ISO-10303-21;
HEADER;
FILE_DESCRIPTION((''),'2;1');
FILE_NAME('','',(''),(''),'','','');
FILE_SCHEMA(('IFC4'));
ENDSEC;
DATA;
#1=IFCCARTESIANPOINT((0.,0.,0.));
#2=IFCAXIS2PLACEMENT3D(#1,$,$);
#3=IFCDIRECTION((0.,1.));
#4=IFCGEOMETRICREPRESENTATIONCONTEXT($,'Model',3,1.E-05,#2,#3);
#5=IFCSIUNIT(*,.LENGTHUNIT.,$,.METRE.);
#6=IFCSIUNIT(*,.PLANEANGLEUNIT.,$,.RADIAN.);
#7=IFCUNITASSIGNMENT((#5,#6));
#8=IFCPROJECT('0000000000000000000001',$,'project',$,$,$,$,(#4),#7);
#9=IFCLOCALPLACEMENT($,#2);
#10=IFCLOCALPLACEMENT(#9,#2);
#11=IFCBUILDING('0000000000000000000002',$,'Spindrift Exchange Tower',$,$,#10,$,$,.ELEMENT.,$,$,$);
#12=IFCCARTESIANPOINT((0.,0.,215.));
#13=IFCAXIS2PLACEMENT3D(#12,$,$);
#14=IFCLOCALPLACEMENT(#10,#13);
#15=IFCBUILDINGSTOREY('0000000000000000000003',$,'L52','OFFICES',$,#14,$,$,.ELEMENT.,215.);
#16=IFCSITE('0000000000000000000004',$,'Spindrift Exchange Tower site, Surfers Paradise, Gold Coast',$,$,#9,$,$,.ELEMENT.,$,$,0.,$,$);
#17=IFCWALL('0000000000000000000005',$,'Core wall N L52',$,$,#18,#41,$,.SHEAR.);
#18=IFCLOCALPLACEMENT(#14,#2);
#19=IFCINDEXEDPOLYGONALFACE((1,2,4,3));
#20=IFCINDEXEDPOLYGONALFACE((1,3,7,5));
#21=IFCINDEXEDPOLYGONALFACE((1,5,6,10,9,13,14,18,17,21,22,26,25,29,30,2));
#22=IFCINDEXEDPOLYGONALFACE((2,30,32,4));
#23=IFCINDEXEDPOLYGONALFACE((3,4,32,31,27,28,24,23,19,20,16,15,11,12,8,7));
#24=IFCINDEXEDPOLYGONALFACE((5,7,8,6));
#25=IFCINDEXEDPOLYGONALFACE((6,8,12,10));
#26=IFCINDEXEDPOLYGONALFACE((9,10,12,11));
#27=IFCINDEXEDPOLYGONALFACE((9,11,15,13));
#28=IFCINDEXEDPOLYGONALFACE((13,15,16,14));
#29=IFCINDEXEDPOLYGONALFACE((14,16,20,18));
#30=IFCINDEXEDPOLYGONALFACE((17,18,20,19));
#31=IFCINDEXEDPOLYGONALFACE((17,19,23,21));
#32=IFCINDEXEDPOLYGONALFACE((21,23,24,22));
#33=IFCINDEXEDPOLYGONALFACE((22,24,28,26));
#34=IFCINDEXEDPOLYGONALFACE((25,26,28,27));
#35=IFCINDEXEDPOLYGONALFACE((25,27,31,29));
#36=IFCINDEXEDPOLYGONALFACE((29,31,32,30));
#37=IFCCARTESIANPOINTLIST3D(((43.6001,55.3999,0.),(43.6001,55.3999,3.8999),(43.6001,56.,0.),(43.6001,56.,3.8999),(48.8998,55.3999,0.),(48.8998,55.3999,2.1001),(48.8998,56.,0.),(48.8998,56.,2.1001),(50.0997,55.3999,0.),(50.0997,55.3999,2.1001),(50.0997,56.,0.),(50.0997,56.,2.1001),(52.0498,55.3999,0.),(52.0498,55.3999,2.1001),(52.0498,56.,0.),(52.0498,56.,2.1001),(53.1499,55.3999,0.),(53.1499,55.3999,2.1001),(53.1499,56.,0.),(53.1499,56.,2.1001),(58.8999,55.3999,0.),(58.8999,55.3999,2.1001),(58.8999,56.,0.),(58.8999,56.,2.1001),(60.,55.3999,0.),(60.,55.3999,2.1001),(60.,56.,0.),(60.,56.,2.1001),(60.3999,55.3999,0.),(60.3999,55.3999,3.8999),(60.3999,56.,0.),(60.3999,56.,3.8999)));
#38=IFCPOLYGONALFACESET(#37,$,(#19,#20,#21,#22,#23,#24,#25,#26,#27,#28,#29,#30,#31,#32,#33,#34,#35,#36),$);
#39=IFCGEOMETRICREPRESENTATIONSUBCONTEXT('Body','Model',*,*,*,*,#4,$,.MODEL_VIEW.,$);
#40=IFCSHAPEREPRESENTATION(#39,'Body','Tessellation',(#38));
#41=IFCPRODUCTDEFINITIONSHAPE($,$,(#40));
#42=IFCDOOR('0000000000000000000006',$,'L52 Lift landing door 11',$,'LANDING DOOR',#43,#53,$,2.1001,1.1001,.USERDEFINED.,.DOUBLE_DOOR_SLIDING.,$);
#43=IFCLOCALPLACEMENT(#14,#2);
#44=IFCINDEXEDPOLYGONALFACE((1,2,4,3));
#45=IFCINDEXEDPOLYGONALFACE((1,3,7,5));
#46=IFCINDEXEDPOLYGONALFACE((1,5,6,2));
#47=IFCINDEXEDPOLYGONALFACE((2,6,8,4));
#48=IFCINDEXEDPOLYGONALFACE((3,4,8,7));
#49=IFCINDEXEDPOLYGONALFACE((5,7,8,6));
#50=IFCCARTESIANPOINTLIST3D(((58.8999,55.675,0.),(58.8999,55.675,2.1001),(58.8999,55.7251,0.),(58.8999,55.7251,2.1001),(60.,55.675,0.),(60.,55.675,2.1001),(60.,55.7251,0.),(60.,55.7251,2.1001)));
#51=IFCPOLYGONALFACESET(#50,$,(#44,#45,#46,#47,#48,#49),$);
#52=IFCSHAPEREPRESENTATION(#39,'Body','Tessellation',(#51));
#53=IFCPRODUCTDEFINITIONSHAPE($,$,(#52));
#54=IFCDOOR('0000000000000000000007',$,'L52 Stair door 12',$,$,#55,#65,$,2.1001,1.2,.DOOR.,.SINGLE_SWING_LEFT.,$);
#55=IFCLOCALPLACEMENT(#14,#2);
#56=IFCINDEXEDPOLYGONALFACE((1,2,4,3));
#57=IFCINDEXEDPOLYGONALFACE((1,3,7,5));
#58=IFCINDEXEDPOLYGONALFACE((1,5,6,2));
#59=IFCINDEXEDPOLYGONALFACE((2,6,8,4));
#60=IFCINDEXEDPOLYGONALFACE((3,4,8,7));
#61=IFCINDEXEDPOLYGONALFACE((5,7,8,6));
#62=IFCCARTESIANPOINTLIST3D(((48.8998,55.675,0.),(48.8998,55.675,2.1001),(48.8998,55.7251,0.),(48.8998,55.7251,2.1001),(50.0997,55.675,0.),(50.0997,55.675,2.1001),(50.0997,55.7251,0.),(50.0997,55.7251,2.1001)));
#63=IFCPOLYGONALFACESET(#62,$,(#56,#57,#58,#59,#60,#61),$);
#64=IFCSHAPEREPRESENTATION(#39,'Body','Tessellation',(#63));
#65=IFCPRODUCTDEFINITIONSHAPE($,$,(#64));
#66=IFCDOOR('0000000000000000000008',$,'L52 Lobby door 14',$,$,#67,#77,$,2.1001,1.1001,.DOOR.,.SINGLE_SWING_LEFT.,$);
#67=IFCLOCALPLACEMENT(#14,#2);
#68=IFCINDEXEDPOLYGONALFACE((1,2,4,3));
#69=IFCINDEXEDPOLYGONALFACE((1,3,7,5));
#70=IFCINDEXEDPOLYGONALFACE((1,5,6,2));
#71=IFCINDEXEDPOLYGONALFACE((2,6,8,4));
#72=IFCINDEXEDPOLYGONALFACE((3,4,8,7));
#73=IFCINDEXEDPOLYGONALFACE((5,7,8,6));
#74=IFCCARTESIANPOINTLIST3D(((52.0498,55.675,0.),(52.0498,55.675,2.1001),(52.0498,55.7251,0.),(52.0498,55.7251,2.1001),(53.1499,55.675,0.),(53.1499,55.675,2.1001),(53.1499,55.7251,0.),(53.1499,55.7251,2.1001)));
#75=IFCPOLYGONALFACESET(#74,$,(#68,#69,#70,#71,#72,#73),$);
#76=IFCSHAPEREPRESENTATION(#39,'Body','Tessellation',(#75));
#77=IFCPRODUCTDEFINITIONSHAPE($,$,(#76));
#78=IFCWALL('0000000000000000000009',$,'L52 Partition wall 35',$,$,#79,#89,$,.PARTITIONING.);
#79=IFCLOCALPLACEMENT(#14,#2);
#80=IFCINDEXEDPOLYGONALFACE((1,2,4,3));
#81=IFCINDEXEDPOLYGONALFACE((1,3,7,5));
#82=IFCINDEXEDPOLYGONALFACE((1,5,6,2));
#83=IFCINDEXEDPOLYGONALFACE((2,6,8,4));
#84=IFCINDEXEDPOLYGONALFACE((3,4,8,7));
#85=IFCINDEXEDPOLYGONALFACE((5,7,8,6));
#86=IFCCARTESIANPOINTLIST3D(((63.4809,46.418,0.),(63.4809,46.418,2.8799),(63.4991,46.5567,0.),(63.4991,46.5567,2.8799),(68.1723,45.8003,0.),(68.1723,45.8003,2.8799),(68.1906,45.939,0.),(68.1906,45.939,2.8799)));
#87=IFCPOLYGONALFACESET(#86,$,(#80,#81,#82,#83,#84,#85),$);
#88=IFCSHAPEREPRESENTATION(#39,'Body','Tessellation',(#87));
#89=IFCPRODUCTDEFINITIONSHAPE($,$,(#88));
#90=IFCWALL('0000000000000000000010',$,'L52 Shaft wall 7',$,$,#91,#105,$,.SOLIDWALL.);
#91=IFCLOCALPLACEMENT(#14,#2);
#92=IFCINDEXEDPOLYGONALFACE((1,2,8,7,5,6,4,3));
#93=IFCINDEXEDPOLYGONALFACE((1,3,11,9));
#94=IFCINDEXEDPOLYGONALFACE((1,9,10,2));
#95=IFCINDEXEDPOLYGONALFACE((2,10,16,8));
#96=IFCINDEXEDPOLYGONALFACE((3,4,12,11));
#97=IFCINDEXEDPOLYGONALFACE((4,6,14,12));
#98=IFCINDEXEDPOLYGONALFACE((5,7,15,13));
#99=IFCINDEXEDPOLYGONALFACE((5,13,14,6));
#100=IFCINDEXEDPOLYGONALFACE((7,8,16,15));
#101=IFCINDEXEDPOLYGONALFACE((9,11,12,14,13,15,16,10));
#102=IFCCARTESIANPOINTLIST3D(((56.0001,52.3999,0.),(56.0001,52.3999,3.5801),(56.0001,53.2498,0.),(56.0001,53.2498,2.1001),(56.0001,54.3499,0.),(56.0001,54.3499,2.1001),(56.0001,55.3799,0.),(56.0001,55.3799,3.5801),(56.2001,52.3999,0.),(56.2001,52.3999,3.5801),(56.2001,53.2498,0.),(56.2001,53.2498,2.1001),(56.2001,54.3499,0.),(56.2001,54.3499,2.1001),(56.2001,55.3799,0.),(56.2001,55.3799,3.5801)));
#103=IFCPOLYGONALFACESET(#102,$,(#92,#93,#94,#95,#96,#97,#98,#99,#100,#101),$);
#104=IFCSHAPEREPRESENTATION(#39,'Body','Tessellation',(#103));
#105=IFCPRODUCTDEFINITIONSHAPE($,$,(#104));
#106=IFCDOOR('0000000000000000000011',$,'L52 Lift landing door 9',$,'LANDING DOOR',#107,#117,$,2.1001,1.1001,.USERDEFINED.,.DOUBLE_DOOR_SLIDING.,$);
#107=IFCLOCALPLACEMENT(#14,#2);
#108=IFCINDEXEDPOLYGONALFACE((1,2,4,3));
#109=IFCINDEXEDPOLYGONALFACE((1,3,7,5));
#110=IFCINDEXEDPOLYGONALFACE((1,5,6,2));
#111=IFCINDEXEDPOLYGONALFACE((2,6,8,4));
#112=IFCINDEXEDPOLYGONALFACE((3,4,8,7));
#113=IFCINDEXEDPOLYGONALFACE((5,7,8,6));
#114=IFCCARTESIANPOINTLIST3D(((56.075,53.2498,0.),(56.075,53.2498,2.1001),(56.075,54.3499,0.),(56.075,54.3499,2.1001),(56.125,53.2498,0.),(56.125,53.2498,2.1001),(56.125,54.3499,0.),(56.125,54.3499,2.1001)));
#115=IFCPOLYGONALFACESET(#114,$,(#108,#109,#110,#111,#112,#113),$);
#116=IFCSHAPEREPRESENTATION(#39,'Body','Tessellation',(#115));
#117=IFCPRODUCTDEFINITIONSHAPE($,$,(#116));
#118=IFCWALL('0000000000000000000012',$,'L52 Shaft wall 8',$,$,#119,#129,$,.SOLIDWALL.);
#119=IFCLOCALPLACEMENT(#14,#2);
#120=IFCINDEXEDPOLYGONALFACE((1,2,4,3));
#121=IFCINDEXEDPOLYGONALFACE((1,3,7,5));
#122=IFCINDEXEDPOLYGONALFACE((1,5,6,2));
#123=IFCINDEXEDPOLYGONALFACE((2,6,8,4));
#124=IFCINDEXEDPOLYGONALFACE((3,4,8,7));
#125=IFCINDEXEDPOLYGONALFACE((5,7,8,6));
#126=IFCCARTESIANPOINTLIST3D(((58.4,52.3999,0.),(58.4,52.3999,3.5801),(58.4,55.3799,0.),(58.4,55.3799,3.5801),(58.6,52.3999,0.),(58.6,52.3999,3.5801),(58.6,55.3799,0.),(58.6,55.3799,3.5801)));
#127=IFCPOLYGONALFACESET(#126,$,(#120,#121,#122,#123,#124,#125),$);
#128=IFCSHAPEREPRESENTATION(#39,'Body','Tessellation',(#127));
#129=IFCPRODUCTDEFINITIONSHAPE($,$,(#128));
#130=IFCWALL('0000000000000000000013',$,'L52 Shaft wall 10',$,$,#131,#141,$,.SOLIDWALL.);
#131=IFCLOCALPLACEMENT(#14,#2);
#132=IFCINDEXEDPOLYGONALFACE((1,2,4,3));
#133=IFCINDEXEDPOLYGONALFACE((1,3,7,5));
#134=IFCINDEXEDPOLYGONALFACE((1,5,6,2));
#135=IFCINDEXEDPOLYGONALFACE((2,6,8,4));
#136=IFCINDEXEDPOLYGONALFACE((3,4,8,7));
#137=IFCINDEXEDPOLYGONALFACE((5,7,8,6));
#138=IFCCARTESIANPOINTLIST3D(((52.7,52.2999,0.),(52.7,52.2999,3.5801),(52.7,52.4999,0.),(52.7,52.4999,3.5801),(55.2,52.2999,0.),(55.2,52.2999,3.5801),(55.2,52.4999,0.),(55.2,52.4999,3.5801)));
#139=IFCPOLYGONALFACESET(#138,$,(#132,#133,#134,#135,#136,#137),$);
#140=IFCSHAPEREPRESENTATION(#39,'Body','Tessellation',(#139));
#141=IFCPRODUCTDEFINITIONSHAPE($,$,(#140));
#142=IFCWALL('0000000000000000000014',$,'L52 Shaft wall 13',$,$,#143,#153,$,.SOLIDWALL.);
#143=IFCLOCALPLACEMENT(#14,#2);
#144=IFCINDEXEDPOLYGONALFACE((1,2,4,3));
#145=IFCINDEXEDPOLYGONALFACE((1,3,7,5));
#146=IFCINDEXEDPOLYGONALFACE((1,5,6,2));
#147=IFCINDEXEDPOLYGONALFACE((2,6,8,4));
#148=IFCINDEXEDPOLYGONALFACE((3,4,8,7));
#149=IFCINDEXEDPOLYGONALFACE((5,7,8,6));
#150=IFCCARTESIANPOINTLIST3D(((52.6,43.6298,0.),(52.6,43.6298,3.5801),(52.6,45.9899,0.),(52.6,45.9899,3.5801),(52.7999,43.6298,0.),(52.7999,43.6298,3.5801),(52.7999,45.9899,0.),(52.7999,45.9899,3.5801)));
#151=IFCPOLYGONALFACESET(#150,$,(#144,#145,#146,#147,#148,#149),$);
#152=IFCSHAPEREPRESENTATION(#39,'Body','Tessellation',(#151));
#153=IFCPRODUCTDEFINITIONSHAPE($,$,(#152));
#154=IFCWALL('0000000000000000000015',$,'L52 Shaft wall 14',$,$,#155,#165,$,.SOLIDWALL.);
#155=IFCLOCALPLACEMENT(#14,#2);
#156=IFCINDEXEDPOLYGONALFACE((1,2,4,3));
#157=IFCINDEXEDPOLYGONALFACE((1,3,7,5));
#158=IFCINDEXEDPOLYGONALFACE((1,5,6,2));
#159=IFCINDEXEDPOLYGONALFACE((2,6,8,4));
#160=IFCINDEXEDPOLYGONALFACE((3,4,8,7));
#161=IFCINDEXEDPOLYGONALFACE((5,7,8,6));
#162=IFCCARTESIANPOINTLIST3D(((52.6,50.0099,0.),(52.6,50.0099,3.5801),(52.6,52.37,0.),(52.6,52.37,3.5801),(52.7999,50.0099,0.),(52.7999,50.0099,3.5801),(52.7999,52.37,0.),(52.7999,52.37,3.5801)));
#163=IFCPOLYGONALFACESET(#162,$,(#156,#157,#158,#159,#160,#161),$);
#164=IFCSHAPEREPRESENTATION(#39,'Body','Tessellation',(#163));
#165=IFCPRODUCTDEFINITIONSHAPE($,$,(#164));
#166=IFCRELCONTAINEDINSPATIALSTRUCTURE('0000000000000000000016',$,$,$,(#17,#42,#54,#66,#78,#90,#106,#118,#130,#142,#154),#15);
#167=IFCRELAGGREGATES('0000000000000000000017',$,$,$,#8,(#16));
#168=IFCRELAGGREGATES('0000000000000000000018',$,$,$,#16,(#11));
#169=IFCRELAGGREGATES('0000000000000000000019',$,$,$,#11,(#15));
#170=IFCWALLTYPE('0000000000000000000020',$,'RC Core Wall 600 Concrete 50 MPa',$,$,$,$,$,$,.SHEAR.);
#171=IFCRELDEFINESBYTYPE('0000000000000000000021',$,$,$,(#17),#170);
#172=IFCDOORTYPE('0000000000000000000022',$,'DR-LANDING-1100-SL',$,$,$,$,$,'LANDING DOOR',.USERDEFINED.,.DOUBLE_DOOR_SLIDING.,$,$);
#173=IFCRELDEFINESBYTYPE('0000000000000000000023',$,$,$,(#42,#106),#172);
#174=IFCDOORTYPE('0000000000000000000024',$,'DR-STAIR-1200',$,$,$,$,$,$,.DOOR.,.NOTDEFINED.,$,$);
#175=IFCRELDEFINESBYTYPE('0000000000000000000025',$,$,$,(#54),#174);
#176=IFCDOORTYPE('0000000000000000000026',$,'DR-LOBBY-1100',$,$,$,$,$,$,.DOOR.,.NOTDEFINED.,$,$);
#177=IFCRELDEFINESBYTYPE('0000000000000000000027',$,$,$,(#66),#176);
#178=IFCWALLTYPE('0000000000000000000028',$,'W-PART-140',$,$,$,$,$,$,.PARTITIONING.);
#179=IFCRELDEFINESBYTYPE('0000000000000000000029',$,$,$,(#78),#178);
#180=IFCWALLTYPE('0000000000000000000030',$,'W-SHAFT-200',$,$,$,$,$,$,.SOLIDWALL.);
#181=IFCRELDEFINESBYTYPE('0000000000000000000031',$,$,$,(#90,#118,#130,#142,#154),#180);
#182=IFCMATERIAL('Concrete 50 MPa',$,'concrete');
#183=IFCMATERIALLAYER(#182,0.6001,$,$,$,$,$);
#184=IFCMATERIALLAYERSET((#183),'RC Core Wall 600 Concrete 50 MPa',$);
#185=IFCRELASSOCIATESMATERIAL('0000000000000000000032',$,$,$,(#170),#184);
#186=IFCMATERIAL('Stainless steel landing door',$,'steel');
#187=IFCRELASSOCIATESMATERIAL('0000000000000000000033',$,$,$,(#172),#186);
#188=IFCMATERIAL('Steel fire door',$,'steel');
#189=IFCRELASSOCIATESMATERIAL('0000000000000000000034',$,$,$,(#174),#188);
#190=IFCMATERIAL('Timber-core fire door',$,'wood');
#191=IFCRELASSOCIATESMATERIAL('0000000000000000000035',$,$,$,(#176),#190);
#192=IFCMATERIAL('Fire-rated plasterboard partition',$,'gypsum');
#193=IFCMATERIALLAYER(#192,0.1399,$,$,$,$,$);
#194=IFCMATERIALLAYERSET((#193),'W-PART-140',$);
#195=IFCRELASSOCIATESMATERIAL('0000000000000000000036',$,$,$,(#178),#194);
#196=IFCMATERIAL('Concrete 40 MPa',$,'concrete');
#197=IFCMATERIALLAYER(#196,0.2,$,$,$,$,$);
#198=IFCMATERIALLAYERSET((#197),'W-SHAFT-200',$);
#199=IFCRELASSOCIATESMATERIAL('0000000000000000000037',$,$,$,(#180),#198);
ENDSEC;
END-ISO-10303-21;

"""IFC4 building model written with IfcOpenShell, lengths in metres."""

from ifc_helpers import new_model, si_unit, direction, frame, frame_2d, origin, place, context, subcontext, project, spatial, rectangle, extrude, source, transform, mapped, material, layer, layer_set, type_object, element, fill, save


model = new_model("IFC4")

# Units and contexts
model_context = context("Model", 3, precision=1e-05, world=origin(), true_north=direction((0.0, 1.0)))
body_context = subcontext(model_context, "Body", "Model", "MODEL_VIEW")
ifc_project = project(units=[si_unit("LENGTHUNIT", "METRE"), si_unit("PLANEANGLEUNIT", "RADIAN")], contexts=[model_context])

# Site, building, storey
site_placement = place(None, origin())
site = spatial("IfcSite", under=ifc_project, at=site_placement, Name="Spindrift Exchange Tower site, Surfers Paradise, Gold Coast", CompositionType="ELEMENT", RefElevation=0.0)
building_placement = place(site_placement, origin())
building = spatial("IfcBuilding", under=site, at=building_placement, Name="Spindrift Exchange Tower", CompositionType="ELEMENT")
storey_placement = place(building_placement, frame((0.0, 0.0, 215.0)))
storey = spatial("IfcBuildingStorey", under=building, at=storey_placement, Name="L52", Description="OFFICES", CompositionType="ELEMENT", Elevation=215.0)

# Wall, openings, doors
ifc_material_1 = material(Name="Concrete 50 MPa", Category="concrete")
ifc_layer_1 = layer(ifc_material_1, 0.6001)
ifc_layer_set_1 = layer_set([ifc_layer_1], Name="RC Core Wall 600 Concrete 50 MPa")
wall_type_1 = type_object("IfcWallType", Name="RC Core Wall 600 Concrete 50 MPa", PredefinedType="SHEAR", material=ifc_layer_set_1)
wall_1_placement = place(storey_placement, frame((60.3999, 55.7, 0.0), z_axis=(0.0, 0.0, 1.0), x_axis=(-1.0, 0.0, 0.0)))
wall_1 = element("IfcWall", 1, at=wall_1_placement, inside=storey, type_object=wall_type_1, Name="Core wall N L52", PredefinedType="SHEAR", context=body_context, shape_type="SweptSolid", body=[
    extrude(rectangle(XDim=16.7998, YDim=0.6001, at=frame_2d((8.3999, 0.0))), origin(), (0.0, 0.0, 1.0), 3.8999),
])
opening_1_placement = place(wall_1_placement, frame((0.3999, 0.0, 0.0)))
opening_1 = element("IfcOpeningElement", 2, at=opening_1_placement, cuts=wall_1, PredefinedType="OPENING", context=body_context, shape_type="SweptSolid", body=[
    extrude(rectangle(XDim=1.1001, YDim=2.1001, at=frame_2d((0.55, 1.05))), frame((0.0, 0.3101, 0.0), z_axis=(0.0, -1.0, 0.0), x_axis=(1.0, 0.0, 0.0)), (0.0, 0.0, 1.0), 0.6201),
])
opening_2_placement = place(wall_1_placement, frame((10.3, 0.0, 0.0)))
opening_2 = element("IfcOpeningElement", 3, at=opening_2_placement, cuts=wall_1, PredefinedType="OPENING", context=body_context, shape_type="SweptSolid", body=[
    extrude(rectangle(XDim=1.2, YDim=2.1001, at=frame_2d((0.6001, 1.05))), frame((0.0, 0.3101, 0.0), z_axis=(0.0, -1.0, 0.0), x_axis=(1.0, 0.0, 0.0)), (0.0, 0.0, 1.0), 0.6201),
])
opening_3_placement = place(wall_1_placement, frame((7.25, 0.0, 0.0)))
opening_3 = element("IfcOpeningElement", 4, at=opening_3_placement, cuts=wall_1, PredefinedType="OPENING", context=body_context, shape_type="SweptSolid", body=[
    extrude(rectangle(XDim=1.1001, YDim=2.1001, at=frame_2d((0.55, 1.05))), frame((0.0, 0.3101, 0.0), z_axis=(0.0, -1.0, 0.0), x_axis=(1.0, 0.0, 0.0)), (0.0, 0.0, 1.0), 0.6201),
])
ifc_material_2 = material(Name="Stainless steel landing door", Category="steel")
door_type_1 = type_object("IfcDoorType", Name="DR-LANDING-1100-SL", ElementType="LANDING DOOR", OperationType="DOUBLE_DOOR_SLIDING", PredefinedType="USERDEFINED", material=ifc_material_2)
shared_shape_1 = source(origin(), body_context, "Body", "SweptSolid", [
    extrude(rectangle(XDim=1.1001, YDim=2.1001, at=frame_2d((0.55, 1.05))), frame((0.0, 0.0249, 0.0), z_axis=(0.0, -1.0, 0.0), x_axis=(1.0, 0.0, 0.0)), (0.0, 0.0, 1.0), 0.05),
])
door_1_placement = place(opening_1_placement, origin())
door_1 = element("IfcDoor", 5, at=door_1_placement, inside=storey, type_object=door_type_1, Name="L52 Lift landing door 11", ObjectType="LANDING DOOR", OperationType="DOUBLE_DOOR_SLIDING", OverallHeight=2.1001, OverallWidth=1.1001, PredefinedType="USERDEFINED", context=body_context, shape_type="MappedRepresentation", body=[
    mapped(shared_shape_1, transform((0.0, 0.0, 0.0), scale=1.0)),
])
fill(opening_1, door_1)
ifc_material_3 = material(Name="Steel fire door", Category="steel")
door_type_2 = type_object("IfcDoorType", Name="DR-STAIR-1200", OperationType="NOTDEFINED", PredefinedType="DOOR", material=ifc_material_3)
shared_shape_2 = source(origin(), body_context, "Body", "SweptSolid", [
    extrude(rectangle(XDim=1.2, YDim=2.1001, at=frame_2d((0.6001, 1.05))), frame((0.0, 0.0249, 0.0), z_axis=(0.0, -1.0, 0.0), x_axis=(1.0, 0.0, 0.0)), (0.0, 0.0, 1.0), 0.05),
])
door_2_placement = place(opening_2_placement, origin())
door_2 = element("IfcDoor", 6, at=door_2_placement, inside=storey, type_object=door_type_2, Name="L52 Stair door 12", OperationType="SINGLE_SWING_LEFT", OverallHeight=2.1001, OverallWidth=1.2, PredefinedType="DOOR", context=body_context, shape_type="MappedRepresentation", body=[
    mapped(shared_shape_2, transform((0.0, 0.0, 0.0), scale=1.0)),
])
fill(opening_2, door_2)
ifc_material_4 = material(Name="Timber-core fire door", Category="wood")
door_type_3 = type_object("IfcDoorType", Name="DR-LOBBY-1100", OperationType="NOTDEFINED", PredefinedType="DOOR", material=ifc_material_4)
shared_shape_3 = source(origin(), body_context, "Body", "SweptSolid", [
    extrude(rectangle(XDim=1.1001, YDim=2.1001, at=frame_2d((0.55, 1.05))), frame((0.0, 0.0249, 0.0), z_axis=(0.0, -1.0, 0.0), x_axis=(1.0, 0.0, 0.0)), (0.0, 0.0, 1.0), 0.05),
])
door_3_placement = place(opening_3_placement, origin())
door_3 = element("IfcDoor", 7, at=door_3_placement, inside=storey, type_object=door_type_3, Name="L52 Lobby door 14", OperationType="SINGLE_SWING_LEFT", OverallHeight=2.1001, OverallWidth=1.1001, PredefinedType="DOOR", context=body_context, shape_type="MappedRepresentation", body=[
    mapped(shared_shape_3, transform((0.0, 0.0, 0.0), scale=1.0)),
])
fill(opening_3, door_3)

# Wall
ifc_material_5 = material(Name="Fire-rated plasterboard partition", Category="gypsum")
ifc_layer_2 = layer(ifc_material_5, 0.1399)
ifc_layer_set_2 = layer_set([ifc_layer_2], Name="W-PART-140")
wall_type_2 = type_object("IfcWallType", Name="W-PART-140", PredefinedType="PARTITIONING", material=ifc_layer_set_2)
wall_2_placement = place(storey_placement, frame((63.49, 46.4873, 0.0), z_axis=(0.0, 0.0, 1.0), x_axis=(0.991444, -0.130535, 0.0)))
element("IfcWall", 8, at=wall_2_placement, inside=storey, type_object=wall_type_2, Name="L52 Partition wall 35", PredefinedType="PARTITIONING", context=body_context, shape_type="SweptSolid", body=[
    extrude(rectangle(XDim=4.7319, YDim=0.1399, at=frame_2d((2.366, 0.0))), origin(), (0.0, 0.0, 1.0), 2.8799),
])

# Wall, opening, door
ifc_material_6 = material(Name="Concrete 40 MPa", Category="concrete")
ifc_layer_3 = layer(ifc_material_6, 0.2)
ifc_layer_set_3 = layer_set([ifc_layer_3], Name="W-SHAFT-200")
wall_type_3 = type_object("IfcWallType", Name="W-SHAFT-200", PredefinedType="SOLIDWALL", material=ifc_layer_set_3)
wall_3_placement = place(storey_placement, frame((56.1001, 55.3799, 0.0), z_axis=(0.0, 0.0, 1.0), x_axis=(0.0, -1.0, 0.0)))
wall_3 = element("IfcWall", 9, at=wall_3_placement, inside=storey, type_object=wall_type_3, Name="L52 Shaft wall 7", PredefinedType="SOLIDWALL", context=body_context, shape_type="SweptSolid", body=[
    extrude(rectangle(XDim=2.98, YDim=0.2, at=frame_2d((1.49, 0.0))), origin(), (0.0, 0.0, 1.0), 3.5801),
])
opening_4_placement = place(wall_3_placement, frame((1.03, 0.0, 0.0)))
opening_4 = element("IfcOpeningElement", 10, at=opening_4_placement, cuts=wall_3, PredefinedType="OPENING", context=body_context, shape_type="SweptSolid", body=[
    extrude(rectangle(XDim=1.1001, YDim=2.1001, at=frame_2d((0.55, 1.05))), frame((0.0, 0.1099, 0.0), z_axis=(0.0, -1.0, 0.0), x_axis=(1.0, 0.0, 0.0)), (0.0, 0.0, 1.0), 0.22),
])
door_4_placement = place(opening_4_placement, origin())
door_4 = element("IfcDoor", 11, at=door_4_placement, inside=storey, type_object=door_type_1, Name="L52 Lift landing door 9", ObjectType="LANDING DOOR", OperationType="DOUBLE_DOOR_SLIDING", OverallHeight=2.1001, OverallWidth=1.1001, PredefinedType="USERDEFINED", context=body_context, shape_type="MappedRepresentation", body=[
    mapped(shared_shape_1, transform((0.0, 0.0, 0.0), scale=1.0)),
])
fill(opening_4, door_4)

# Walls
wall_4_placement = place(storey_placement, frame((58.5, 52.3999, 0.0), z_axis=(0.0, 0.0, 1.0), x_axis=(0.0, 1.0, 0.0)))
element("IfcWall", 12, at=wall_4_placement, inside=storey, type_object=wall_type_3, Name="L52 Shaft wall 8", PredefinedType="SOLIDWALL", context=body_context, shape_type="SweptSolid", body=[
    extrude(rectangle(XDim=2.98, YDim=0.2, at=frame_2d((1.49, 0.0))), origin(), (0.0, 0.0, 1.0), 3.5801),
])
wall_5_placement = place(storey_placement, frame((55.2, 52.3999, 0.0), z_axis=(0.0, 0.0, 1.0), x_axis=(-1.0, 0.0, 0.0)))
element("IfcWall", 13, at=wall_5_placement, inside=storey, type_object=wall_type_3, Name="L52 Shaft wall 10", PredefinedType="SOLIDWALL", context=body_context, shape_type="SweptSolid", body=[
    extrude(rectangle(XDim=2.5, YDim=0.2, at=frame_2d((1.25, 0.0))), origin(), (0.0, 0.0, 1.0), 3.5801),
])
for number, where, z_axis, x_axis, name in (
    (14, (52.7, 45.99, 0.0), (0.0, 0.0, 1.0), (0.0, -1.0, 0.0), "L52 Shaft wall 13"),
    (15, (52.7, 52.3701, 0.0), (0.0, 0.0, 1.0), (0.0, -1.0, 0.0), "L52 Shaft wall 14"),
):
    element("IfcWall", number, at=place(storey_placement, frame(where, z_axis=z_axis, x_axis=x_axis)), inside=storey, type_object=wall_type_3, Name=name, PredefinedType="SOLIDWALL", context=body_context, shape_type="SweptSolid", body=[
        extrude(rectangle(XDim=2.3601, YDim=0.2, at=frame_2d((1.1802, 0.0))), origin(), (0.0, 0.0, 1.0), 3.5801),
    ])

save(model, "model.ifc")
